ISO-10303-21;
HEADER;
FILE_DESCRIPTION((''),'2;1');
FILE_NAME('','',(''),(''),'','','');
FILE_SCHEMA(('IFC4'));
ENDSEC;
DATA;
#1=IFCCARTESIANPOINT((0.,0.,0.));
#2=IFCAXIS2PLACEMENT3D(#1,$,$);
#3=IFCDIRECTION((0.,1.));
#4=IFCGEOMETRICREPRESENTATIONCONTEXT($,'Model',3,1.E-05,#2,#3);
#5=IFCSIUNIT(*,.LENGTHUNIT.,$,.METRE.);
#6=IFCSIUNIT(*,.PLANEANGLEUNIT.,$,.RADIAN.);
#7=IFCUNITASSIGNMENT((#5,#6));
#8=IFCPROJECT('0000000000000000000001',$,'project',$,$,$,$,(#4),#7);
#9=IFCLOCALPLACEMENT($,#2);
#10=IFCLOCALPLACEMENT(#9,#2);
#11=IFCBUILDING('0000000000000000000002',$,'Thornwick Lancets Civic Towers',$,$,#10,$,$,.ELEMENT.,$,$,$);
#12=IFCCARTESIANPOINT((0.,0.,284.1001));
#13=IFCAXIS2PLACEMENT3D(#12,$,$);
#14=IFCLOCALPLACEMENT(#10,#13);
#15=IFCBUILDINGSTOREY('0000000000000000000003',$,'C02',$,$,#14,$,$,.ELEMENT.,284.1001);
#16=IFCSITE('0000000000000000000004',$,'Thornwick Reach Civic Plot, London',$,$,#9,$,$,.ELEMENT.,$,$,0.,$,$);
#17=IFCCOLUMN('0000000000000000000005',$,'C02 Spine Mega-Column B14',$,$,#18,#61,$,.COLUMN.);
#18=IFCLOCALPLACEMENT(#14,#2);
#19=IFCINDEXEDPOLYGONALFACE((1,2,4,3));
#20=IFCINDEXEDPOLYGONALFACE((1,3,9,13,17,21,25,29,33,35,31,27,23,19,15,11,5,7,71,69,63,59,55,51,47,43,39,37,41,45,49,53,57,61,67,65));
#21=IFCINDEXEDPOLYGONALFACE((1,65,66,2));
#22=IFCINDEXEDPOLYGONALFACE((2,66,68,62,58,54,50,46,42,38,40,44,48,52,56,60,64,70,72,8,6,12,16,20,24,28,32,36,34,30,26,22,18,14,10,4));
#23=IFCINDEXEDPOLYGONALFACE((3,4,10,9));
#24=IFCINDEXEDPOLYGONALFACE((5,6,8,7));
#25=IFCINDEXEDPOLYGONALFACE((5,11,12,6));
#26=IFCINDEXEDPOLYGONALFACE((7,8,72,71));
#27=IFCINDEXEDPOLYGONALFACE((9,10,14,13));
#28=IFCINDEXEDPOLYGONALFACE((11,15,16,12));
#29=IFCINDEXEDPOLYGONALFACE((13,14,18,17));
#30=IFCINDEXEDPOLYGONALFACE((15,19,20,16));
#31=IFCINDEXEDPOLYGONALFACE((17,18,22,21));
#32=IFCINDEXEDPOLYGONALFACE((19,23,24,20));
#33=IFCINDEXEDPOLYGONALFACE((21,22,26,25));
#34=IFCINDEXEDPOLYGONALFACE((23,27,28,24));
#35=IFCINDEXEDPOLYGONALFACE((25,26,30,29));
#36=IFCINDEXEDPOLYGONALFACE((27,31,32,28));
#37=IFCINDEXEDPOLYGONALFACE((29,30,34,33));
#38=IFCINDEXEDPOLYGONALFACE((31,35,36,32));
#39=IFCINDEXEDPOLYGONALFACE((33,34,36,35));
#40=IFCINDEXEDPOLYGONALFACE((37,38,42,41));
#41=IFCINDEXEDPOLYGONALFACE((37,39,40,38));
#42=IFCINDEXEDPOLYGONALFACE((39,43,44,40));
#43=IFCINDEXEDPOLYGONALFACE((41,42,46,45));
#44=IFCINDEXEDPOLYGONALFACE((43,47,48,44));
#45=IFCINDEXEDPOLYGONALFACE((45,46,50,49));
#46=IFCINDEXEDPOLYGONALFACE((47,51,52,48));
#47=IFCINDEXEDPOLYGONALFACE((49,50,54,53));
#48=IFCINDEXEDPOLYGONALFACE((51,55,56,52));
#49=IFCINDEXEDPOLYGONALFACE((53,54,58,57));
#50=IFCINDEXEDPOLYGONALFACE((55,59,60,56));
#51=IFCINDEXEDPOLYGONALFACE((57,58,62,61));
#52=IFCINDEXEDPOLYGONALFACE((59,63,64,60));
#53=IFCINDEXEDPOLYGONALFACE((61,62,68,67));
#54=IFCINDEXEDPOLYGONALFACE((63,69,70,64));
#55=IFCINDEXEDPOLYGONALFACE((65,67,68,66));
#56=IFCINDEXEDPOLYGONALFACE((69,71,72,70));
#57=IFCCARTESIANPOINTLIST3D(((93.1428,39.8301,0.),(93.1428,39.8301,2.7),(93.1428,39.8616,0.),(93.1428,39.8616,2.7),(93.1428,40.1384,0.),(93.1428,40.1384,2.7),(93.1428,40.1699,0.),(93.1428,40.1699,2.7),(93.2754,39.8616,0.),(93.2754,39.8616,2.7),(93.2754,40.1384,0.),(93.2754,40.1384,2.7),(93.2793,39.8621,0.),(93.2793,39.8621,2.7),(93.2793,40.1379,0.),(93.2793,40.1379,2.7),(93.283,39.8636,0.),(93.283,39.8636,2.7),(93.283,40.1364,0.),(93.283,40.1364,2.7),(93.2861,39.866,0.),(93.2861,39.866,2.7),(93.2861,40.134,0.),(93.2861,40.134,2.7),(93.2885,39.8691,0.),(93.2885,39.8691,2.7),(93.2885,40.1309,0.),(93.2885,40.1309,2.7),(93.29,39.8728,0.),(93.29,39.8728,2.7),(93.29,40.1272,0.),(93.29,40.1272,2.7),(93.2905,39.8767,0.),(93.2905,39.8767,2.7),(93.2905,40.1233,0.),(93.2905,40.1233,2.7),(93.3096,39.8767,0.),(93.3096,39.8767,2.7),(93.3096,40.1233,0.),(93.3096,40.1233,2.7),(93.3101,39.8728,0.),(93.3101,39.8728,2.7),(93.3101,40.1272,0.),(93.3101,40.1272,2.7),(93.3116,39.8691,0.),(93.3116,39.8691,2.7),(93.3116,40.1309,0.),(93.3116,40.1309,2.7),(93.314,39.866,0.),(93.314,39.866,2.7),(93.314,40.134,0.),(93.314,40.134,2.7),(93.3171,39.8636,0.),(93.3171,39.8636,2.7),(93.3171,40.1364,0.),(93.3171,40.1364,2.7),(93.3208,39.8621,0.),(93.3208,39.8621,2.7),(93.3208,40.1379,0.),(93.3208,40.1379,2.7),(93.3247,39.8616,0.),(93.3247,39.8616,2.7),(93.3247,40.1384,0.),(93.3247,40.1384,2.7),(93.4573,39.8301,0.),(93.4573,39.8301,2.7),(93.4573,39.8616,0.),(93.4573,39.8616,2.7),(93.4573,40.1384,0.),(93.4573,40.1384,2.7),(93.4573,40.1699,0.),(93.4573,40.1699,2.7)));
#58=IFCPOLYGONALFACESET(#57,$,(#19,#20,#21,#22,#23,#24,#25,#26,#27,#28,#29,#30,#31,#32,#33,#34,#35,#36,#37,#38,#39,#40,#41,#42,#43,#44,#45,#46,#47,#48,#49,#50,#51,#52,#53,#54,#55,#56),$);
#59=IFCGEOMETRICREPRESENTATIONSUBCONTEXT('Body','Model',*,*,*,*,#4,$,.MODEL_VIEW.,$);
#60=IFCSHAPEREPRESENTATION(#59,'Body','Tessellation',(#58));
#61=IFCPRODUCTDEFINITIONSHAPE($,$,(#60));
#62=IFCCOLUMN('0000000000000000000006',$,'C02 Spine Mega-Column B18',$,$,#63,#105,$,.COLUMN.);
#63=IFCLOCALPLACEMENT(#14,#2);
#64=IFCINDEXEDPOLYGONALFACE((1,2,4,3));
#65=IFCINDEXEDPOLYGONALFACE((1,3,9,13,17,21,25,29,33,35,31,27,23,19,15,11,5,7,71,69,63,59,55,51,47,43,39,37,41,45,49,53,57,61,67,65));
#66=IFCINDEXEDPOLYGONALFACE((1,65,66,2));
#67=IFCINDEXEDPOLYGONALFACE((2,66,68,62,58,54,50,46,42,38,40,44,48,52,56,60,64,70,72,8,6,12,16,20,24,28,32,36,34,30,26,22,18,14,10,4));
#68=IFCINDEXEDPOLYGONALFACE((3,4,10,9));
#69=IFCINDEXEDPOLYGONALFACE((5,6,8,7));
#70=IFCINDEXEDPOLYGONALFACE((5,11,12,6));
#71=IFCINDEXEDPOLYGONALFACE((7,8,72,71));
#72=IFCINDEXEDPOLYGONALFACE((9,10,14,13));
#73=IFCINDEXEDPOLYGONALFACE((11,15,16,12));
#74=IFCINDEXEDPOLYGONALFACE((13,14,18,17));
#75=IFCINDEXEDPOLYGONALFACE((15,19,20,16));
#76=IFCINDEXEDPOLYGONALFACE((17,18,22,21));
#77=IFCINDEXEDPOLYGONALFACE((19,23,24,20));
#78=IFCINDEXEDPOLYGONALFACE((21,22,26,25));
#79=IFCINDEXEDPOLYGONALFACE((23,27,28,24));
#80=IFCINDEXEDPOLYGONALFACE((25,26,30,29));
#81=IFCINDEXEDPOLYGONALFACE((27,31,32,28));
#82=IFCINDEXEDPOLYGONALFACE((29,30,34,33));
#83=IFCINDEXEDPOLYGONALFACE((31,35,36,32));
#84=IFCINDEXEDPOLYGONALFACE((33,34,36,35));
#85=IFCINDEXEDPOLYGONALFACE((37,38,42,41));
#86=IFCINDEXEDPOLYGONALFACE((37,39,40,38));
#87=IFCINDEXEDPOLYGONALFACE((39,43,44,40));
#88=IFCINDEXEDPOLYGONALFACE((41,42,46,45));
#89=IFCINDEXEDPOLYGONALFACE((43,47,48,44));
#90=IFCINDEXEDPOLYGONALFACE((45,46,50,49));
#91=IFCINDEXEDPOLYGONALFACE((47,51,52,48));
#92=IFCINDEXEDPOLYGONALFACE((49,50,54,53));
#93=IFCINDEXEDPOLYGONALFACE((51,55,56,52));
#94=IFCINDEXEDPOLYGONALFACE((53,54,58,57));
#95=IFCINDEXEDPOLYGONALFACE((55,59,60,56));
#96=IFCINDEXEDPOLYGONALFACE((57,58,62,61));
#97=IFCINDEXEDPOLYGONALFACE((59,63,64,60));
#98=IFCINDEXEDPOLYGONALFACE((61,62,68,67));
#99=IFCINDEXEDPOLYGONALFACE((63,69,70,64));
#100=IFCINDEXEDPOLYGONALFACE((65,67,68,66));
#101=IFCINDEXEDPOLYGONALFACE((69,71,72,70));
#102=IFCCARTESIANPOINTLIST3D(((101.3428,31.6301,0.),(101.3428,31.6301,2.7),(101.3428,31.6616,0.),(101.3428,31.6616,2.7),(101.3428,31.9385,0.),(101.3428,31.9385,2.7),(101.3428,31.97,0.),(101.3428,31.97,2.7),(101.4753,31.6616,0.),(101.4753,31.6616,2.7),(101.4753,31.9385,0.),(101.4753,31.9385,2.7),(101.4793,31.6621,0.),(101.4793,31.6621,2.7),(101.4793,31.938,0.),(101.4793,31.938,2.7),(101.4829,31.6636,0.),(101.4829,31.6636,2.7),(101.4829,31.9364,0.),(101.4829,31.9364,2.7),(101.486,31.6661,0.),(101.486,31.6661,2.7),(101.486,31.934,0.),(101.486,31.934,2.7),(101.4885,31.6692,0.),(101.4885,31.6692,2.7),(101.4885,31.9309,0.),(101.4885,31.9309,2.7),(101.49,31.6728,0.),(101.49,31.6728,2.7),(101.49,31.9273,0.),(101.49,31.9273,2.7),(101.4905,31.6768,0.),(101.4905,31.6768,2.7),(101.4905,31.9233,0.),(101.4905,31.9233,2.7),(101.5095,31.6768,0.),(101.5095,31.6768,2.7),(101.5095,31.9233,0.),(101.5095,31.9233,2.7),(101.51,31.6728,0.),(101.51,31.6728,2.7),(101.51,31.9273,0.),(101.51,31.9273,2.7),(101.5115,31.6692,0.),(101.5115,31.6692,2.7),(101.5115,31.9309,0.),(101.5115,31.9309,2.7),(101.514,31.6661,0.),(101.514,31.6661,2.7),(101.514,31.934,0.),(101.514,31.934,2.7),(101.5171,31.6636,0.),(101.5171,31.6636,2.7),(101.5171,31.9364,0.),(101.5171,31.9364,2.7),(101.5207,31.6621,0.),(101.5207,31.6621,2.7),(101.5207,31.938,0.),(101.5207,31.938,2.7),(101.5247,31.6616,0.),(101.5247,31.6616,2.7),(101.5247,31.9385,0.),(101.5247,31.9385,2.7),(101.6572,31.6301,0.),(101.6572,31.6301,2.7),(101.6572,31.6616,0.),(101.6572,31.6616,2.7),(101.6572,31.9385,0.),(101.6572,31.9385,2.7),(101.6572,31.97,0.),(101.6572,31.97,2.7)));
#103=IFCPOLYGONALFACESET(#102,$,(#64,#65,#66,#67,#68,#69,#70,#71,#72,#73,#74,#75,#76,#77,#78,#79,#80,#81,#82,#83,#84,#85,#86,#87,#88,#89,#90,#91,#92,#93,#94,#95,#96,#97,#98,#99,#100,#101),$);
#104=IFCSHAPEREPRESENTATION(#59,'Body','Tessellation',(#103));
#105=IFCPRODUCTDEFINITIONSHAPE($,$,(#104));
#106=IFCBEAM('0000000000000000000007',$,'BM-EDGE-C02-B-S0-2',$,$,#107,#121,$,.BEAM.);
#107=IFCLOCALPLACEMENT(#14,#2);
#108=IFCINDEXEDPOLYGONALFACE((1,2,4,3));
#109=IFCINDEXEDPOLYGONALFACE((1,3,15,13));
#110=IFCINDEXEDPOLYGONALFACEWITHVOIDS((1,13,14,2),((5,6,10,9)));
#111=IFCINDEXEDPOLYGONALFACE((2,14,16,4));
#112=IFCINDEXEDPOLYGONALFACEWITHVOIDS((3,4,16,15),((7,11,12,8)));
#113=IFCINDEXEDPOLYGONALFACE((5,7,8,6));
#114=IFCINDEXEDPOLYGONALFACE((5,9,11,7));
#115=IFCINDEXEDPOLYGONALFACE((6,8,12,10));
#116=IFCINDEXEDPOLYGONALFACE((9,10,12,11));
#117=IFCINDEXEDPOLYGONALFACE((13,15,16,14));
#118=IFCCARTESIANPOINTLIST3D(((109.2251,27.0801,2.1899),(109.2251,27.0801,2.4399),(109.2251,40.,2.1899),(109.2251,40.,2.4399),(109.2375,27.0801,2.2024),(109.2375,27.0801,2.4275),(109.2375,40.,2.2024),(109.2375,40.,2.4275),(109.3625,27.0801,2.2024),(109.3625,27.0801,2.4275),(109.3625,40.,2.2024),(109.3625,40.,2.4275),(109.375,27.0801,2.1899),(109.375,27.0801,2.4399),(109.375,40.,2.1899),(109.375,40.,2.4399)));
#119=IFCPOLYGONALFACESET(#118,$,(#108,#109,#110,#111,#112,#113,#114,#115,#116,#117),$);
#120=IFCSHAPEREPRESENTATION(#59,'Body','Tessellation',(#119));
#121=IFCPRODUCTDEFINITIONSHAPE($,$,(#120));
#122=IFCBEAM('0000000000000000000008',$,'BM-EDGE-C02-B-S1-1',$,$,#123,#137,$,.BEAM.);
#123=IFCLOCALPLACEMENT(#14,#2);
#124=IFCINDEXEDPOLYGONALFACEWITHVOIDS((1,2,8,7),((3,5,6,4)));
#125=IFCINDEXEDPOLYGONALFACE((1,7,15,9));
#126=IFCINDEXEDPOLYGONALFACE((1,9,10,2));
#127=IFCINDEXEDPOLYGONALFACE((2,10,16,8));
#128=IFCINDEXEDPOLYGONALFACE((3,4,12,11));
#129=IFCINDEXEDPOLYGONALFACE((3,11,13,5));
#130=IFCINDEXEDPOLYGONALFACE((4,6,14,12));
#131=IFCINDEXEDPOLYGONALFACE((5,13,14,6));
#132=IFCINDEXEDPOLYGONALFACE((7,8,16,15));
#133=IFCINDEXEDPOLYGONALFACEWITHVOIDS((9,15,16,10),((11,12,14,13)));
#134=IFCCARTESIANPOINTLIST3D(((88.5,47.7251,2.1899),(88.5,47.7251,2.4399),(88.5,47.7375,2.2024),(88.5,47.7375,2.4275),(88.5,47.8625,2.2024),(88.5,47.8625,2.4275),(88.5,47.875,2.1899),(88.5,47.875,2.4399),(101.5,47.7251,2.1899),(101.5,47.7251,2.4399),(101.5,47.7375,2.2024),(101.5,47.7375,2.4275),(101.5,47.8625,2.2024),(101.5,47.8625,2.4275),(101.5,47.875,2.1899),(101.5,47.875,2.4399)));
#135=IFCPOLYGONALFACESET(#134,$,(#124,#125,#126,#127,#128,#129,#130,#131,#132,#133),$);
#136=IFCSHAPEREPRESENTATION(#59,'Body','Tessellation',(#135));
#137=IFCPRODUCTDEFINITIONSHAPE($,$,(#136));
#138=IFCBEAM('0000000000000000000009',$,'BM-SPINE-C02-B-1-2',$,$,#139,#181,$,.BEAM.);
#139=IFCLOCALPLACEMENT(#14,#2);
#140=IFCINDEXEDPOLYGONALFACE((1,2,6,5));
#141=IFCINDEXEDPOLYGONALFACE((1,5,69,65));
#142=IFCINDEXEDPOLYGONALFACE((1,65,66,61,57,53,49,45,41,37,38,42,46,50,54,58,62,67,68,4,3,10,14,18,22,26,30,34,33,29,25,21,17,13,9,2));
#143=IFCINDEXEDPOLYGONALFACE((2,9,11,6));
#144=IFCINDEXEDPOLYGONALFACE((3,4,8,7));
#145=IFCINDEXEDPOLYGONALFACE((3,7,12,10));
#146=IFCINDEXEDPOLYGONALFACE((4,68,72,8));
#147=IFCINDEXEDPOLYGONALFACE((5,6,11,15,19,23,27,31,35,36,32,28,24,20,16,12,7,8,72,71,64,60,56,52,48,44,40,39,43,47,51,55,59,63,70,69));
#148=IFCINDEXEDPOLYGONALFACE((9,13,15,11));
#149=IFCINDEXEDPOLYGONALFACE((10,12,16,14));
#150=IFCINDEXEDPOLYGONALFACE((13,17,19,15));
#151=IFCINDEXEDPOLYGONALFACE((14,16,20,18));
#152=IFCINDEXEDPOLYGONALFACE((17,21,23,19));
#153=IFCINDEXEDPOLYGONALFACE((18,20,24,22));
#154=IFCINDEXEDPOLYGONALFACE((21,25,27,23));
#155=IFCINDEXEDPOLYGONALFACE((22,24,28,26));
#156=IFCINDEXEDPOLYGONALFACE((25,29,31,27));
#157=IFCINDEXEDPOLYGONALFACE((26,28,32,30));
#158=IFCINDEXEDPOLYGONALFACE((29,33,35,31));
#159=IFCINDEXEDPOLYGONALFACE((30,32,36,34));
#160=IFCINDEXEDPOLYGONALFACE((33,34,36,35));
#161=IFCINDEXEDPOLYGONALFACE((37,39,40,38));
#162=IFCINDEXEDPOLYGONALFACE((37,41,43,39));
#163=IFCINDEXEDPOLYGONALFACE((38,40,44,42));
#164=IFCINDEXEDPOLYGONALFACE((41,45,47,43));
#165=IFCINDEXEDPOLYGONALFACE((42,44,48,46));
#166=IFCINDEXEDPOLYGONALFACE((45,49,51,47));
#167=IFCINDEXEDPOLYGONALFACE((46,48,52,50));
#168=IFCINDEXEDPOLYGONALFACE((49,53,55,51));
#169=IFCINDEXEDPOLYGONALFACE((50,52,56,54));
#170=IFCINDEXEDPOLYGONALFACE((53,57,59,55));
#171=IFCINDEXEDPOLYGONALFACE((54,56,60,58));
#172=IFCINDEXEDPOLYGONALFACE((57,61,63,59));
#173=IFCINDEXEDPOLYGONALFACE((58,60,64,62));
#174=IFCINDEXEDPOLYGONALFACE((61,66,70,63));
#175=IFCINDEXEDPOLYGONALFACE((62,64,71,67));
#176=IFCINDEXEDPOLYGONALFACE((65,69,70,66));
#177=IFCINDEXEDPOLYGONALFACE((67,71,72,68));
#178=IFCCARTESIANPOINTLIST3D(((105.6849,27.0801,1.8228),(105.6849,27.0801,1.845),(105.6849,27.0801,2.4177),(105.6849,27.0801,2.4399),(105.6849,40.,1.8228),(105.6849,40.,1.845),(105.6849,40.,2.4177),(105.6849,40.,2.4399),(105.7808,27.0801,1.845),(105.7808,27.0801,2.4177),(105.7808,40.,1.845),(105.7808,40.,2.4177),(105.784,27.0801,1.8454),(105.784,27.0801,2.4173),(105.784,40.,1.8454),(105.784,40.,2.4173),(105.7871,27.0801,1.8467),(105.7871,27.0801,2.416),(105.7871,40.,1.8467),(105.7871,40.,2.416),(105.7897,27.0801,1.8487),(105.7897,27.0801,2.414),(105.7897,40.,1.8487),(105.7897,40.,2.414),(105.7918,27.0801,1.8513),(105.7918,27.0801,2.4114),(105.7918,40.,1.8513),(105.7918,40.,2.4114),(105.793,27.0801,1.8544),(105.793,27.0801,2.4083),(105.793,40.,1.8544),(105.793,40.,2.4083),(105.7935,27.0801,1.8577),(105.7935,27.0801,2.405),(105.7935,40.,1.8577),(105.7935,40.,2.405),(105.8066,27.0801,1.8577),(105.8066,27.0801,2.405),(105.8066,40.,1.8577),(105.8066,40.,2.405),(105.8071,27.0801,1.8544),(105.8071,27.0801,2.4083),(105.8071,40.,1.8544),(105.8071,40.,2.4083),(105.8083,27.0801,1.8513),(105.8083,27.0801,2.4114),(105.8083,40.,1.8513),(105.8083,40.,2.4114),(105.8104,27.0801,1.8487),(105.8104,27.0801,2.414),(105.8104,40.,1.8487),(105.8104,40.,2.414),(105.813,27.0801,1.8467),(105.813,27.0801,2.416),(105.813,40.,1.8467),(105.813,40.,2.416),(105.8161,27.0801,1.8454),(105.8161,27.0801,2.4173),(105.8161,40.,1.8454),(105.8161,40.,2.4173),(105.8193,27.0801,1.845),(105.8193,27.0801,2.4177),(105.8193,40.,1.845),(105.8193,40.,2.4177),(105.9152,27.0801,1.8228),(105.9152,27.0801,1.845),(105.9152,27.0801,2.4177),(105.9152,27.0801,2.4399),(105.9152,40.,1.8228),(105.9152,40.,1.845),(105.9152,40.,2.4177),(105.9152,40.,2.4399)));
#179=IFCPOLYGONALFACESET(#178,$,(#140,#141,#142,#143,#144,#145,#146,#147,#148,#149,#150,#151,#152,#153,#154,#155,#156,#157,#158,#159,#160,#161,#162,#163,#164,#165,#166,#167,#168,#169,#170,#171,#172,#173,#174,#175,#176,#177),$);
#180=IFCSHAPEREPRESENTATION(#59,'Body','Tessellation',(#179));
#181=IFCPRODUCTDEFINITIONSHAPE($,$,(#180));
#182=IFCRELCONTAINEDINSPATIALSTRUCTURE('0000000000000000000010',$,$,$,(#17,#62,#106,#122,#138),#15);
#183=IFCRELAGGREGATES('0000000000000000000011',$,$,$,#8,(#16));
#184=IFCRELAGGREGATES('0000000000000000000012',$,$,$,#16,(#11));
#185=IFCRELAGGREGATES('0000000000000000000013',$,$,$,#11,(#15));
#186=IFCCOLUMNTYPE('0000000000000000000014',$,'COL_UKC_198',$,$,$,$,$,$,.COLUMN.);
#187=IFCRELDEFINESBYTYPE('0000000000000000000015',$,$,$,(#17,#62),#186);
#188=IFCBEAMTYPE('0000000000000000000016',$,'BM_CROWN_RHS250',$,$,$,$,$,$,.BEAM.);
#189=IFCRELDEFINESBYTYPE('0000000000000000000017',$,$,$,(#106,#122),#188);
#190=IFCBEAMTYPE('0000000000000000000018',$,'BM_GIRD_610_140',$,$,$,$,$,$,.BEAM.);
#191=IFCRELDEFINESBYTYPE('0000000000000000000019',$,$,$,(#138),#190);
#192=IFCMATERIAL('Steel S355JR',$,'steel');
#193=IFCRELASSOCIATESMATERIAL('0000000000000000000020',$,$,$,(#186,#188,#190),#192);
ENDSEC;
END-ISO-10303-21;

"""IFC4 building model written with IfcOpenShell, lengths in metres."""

from ifc_helpers import new_model, si_unit, direction, frame, origin, origin_2d, place, context, subcontext, project, spatial, hollow_rectangle, i_section, extrude, material, material_profile, profile_set, type_object, element, save


model = new_model("IFC4")

# Units and contexts
model_context = context("Model", 3, precision=1e-05, world=origin(), true_north=direction((0.0, 1.0)))
body_context = subcontext(model_context, "Body", "Model", "MODEL_VIEW")
ifc_project = project(units=[si_unit("LENGTHUNIT", "METRE"), si_unit("PLANEANGLEUNIT", "RADIAN")], contexts=[model_context])

# Site, building, storey
site_placement = place(None, origin())
site = spatial("IfcSite", under=ifc_project, at=site_placement, Name="Thornwick Reach Civic Plot, London", CompositionType="ELEMENT", RefElevation=0.0)
building_placement = place(site_placement, origin())
building = spatial("IfcBuilding", under=site, at=building_placement, Name="Thornwick Lancets Civic Towers", CompositionType="ELEMENT")
storey_placement = place(building_placement, frame((0.0, 0.0, 284.1001)))
storey = spatial("IfcBuildingStorey", under=building, at=storey_placement, Name="C02", CompositionType="ELEMENT", Elevation=284.1001)

# Columns
ifc_material_1 = material(Name="Steel S355JR", Category="steel")
ifc_material_profile_1 = material_profile(ifc_material_1, i_section(OverallWidth=0.3145, OverallDepth=0.3398, WebThickness=0.019, FlangeThickness=0.0315, FilletRadius=0.0151, at=origin_2d()), Name="UKC 305x305x198")
ifc_profile_set_1 = profile_set([ifc_material_profile_1], Name="Steel S355JR")
column_type_1 = type_object("IfcColumnType", Name="COL_UKC_198", PredefinedType="COLUMN", material=ifc_profile_set_1)
for number, where, z_axis, x_axis, name in (
    (1, (93.3, 40.0, 0.0), (0.0, 0.0, 1.0), (1.0, 0.0, 0.0), "C02 Spine Mega-Column B14"),
    (2, (101.5, 31.8, 0.0), (0.0, 0.0, 1.0), (1.0, 0.0, 0.0), "C02 Spine Mega-Column B18"),
):
    element("IfcColumn", number, at=place(storey_placement, frame(where, z_axis=z_axis, x_axis=x_axis)), inside=storey, type_object=column_type_1, Name=name, PredefinedType="COLUMN", context=body_context, shape_type="SweptSolid", body=[
        extrude(i_section(OverallWidth=0.3145, OverallDepth=0.3398, WebThickness=0.019, FlangeThickness=0.0315, FilletRadius=0.0151, at=origin_2d()), origin(), (0.0, 0.0, 1.0), 2.7),
    ])

# Beams
ifc_material_profile_2 = material_profile(ifc_material_1, hollow_rectangle(XDim=0.1499, YDim=0.25, WallThickness=0.0125, at=origin_2d()), Name="RHS 250x150x12.5")
ifc_profile_set_2 = profile_set([ifc_material_profile_2], Name="Steel S355JR")
beam_type_1 = type_object("IfcBeamType", Name="BM_CROWN_RHS250", PredefinedType="BEAM", material=ifc_profile_set_2)
beam_1_placement = place(storey_placement, frame((109.3, 27.0801, 2.3149), z_axis=(0.0, 1.0, 0.0), x_axis=(-1.0, 0.0, 0.0)))
element("IfcBeam", 3, at=beam_1_placement, inside=storey, type_object=beam_type_1, Name="BM-EDGE-C02-B-S0-2", PredefinedType="BEAM", context=body_context, shape_type="SweptSolid", body=[
    extrude(hollow_rectangle(XDim=0.1499, YDim=0.25, WallThickness=0.0125, at=origin_2d()), origin(), (0.0, 0.0, 1.0), 12.9199),
])
beam_2_placement = place(storey_placement, frame((101.5, 47.8, 2.3149), z_axis=(-1.0, 0.0, 0.0), x_axis=(0.0, -1.0, 0.0)))
element("IfcBeam", 4, at=beam_2_placement, inside=storey, type_object=beam_type_1, Name="BM-EDGE-C02-B-S1-1", PredefinedType="BEAM", context=body_context, shape_type="SweptSolid", body=[
    extrude(hollow_rectangle(XDim=0.1499, YDim=0.25, WallThickness=0.0125, at=origin_2d()), origin(), (0.0, 0.0, 1.0), 13.0),
])
ifc_material_profile_3 = material_profile(ifc_material_1, i_section(OverallWidth=0.2302, OverallDepth=0.6172, WebThickness=0.0132, FlangeThickness=0.0222, FilletRadius=0.0127, at=origin_2d()), Name="UKB 610x229x140")
ifc_profile_set_3 = profile_set([ifc_material_profile_3], Name="Steel S355JR")
beam_type_2 = type_object("IfcBeamType", Name="BM_GIRD_610_140", PredefinedType="BEAM", material=ifc_profile_set_3)
beam_3_placement = place(storey_placement, frame((105.8, 27.0801, 2.1313), z_axis=(0.0, 1.0, 0.0), x_axis=(-1.0, 0.0, 0.0)))
element("IfcBeam", 5, at=beam_3_placement, inside=storey, type_object=beam_type_2, Name="BM-SPINE-C02-B-1-2", PredefinedType="BEAM", context=body_context, shape_type="SweptSolid", body=[
    extrude(i_section(OverallWidth=0.2302, OverallDepth=0.6172, WebThickness=0.0132, FlangeThickness=0.0222, FilletRadius=0.0127, at=origin_2d()), origin(), (0.0, 0.0, 1.0), 12.9199),
])

save(model, "model.ifc")
